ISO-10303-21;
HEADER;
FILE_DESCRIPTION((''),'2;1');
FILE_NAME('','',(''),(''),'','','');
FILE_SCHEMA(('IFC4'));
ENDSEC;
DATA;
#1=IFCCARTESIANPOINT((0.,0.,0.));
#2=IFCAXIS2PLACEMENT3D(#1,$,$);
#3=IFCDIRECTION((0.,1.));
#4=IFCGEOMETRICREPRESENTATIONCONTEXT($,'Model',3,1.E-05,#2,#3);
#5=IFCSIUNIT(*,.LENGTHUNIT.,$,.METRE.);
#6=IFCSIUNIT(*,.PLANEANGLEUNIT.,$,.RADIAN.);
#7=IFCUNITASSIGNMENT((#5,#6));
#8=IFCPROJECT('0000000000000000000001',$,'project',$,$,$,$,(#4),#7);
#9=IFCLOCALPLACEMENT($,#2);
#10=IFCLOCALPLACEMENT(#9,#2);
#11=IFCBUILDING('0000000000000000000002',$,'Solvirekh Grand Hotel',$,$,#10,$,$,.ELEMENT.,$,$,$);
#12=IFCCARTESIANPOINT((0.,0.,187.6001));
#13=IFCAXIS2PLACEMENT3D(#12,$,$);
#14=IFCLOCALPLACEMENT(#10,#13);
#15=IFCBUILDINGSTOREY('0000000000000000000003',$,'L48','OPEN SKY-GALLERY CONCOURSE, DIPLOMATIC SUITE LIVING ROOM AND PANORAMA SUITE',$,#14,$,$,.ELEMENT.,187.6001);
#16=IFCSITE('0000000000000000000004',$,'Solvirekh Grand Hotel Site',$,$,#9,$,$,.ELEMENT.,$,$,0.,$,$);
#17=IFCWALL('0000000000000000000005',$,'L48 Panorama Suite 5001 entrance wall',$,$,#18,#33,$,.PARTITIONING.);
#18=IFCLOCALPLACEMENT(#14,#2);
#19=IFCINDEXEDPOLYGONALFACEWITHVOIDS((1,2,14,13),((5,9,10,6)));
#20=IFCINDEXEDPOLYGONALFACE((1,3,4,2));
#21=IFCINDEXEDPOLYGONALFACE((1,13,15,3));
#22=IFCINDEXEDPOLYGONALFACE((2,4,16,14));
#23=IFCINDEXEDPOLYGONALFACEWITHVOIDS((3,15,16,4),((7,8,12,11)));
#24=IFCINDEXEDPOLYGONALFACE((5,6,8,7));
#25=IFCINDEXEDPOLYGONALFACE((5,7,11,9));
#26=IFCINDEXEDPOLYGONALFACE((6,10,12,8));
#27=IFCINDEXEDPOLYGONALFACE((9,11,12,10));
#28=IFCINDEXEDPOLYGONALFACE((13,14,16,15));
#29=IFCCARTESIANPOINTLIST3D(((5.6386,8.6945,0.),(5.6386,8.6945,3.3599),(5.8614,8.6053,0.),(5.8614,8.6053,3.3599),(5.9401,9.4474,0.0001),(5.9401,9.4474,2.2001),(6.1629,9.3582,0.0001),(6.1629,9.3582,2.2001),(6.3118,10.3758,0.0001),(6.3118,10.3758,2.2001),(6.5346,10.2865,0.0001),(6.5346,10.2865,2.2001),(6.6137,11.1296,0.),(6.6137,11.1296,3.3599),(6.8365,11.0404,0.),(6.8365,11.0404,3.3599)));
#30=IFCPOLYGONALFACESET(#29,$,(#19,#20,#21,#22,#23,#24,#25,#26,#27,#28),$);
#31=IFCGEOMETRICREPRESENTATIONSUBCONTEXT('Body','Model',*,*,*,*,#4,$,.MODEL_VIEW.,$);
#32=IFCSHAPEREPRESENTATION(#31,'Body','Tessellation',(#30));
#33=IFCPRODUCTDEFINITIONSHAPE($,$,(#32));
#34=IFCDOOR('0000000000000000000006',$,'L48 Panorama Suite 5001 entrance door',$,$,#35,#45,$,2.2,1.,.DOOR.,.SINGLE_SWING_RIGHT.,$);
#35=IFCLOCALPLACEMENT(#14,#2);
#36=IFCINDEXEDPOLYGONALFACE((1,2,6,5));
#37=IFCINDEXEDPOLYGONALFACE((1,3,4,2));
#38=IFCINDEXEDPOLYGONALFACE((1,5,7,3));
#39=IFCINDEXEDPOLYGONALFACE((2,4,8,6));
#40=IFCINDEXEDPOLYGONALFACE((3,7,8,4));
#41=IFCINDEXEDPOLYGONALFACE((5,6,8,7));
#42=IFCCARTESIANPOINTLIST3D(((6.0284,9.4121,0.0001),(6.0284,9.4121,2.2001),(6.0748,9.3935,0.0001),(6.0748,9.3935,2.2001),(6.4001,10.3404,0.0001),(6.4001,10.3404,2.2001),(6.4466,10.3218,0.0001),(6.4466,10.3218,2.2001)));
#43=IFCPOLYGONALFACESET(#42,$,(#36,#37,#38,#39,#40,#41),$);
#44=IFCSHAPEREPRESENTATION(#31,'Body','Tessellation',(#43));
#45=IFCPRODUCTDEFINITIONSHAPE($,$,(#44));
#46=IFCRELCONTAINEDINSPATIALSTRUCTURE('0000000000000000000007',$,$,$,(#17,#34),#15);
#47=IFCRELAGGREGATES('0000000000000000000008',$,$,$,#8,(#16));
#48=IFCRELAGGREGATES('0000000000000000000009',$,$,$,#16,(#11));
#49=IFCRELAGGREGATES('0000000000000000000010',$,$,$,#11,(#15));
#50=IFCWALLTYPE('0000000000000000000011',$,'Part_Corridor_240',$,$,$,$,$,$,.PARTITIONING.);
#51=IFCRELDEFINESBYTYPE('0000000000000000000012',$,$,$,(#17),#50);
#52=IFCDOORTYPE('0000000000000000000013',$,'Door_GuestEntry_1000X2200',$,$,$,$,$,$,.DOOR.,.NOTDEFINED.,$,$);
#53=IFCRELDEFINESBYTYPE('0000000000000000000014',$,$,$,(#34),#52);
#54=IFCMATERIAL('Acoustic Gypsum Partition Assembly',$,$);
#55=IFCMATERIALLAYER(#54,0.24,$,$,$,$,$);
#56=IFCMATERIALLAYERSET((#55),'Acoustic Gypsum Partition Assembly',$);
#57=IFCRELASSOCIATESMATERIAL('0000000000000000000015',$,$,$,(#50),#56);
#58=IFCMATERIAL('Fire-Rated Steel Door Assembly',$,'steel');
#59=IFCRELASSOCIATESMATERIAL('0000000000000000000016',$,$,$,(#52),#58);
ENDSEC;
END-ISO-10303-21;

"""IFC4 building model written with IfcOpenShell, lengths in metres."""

from ifc_helpers import new_model, si_unit, direction, frame, frame_2d, origin, place, context, subcontext, project, spatial, rectangle, extrude, material, layer, layer_set, type_object, element, fill, save


model = new_model("IFC4")

# Units and contexts
model_context = context("Model", 3, precision=1e-05, world=origin(), true_north=direction((0.0, 1.0)))
body_context = subcontext(model_context, "Body", "Model", "MODEL_VIEW")
ifc_project = project(units=[si_unit("LENGTHUNIT", "METRE"), si_unit("PLANEANGLEUNIT", "RADIAN")], contexts=[model_context])

# Site, building, storey
site_placement = place(None, origin())
site = spatial("IfcSite", under=ifc_project, at=site_placement, Name="Solvirekh Grand Hotel Site", CompositionType="ELEMENT", RefElevation=0.0)
building_placement = place(site_placement, origin())
building = spatial("IfcBuilding", under=site, at=building_placement, Name="Solvirekh Grand Hotel", CompositionType="ELEMENT")
storey_placement = place(building_placement, frame((0.0, 0.0, 187.6001)))
storey = spatial("IfcBuildingStorey", under=building, at=storey_placement, Name="L48", Description="OPEN SKY-GALLERY CONCOURSE, DIPLOMATIC SUITE LIVING ROOM AND PANORAMA SUITE", CompositionType="ELEMENT", Elevation=187.6001)

# Wall, opening, door
ifc_material_1 = material(Name="Acoustic Gypsum Partition Assembly")
ifc_layer_1 = layer(ifc_material_1, 0.24)
ifc_layer_set_1 = layer_set([ifc_layer_1], Name="Acoustic Gypsum Partition Assembly")
wall_type_1 = type_object("IfcWallType", Name="Part_Corridor_240", PredefinedType="PARTITIONING", material=ifc_layer_set_1)
wall_1_placement = place(storey_placement, frame((5.75, 8.6499, 0.0), z_axis=(0.0, 0.0, 1.0), x_axis=(0.371744, 0.928335, 0.0)))
wall_1 = element("IfcWall", 1, at=wall_1_placement, inside=storey, type_object=wall_type_1, Name="L48 Panorama Suite 5001 entrance wall", PredefinedType="PARTITIONING", context=body_context, shape_type="SweptSolid", body=[
    extrude(rectangle(XDim=2.623, YDim=0.24, at=frame_2d((1.3115, 0.0))), origin(), (0.0, 0.0, 1.0), 3.3599),
])
opening_1_placement = place(wall_1_placement, frame((0.811, 0.0, 0.0)))
opening_1 = element("IfcOpeningElement", 2, at=opening_1_placement, cuts=wall_1, PredefinedType="OPENING", context=body_context, shape_type="SweptSolid", body=[
    extrude(rectangle(XDim=1.0, YDim=2.2, at=frame_2d((0.5, 1.1001))), frame((0.0, 0.1299, 0.0), z_axis=(0.0, -1.0, 0.0), x_axis=(1.0, 0.0, 0.0)), (0.0, 0.0, 1.0), 0.26),
])
ifc_material_2 = material(Name="Fire-Rated Steel Door Assembly", Category="steel")
door_type = type_object("IfcDoorType", Name="Door_GuestEntry_1000X2200", OperationType="NOTDEFINED", PredefinedType="DOOR", material=ifc_material_2)
door_placement = place(opening_1_placement, origin())
door = element("IfcDoor", 3, at=door_placement, inside=storey, type_object=door_type, Name="L48 Panorama Suite 5001 entrance door", OperationType="SINGLE_SWING_RIGHT", OverallHeight=2.2, OverallWidth=1.0, PredefinedType="DOOR", context=body_context, shape_type="SweptSolid", body=[
    extrude(rectangle(XDim=1.0, YDim=2.2, at=frame_2d((0.5, 1.1001))), frame((0.0, 0.0249, 0.0), z_axis=(0.0, -1.0, 0.0), x_axis=(1.0, 0.0, 0.0)), (0.0, 0.0, 1.0), 0.05),
])
fill(opening_1, door)

save(model, "model.ifc")
